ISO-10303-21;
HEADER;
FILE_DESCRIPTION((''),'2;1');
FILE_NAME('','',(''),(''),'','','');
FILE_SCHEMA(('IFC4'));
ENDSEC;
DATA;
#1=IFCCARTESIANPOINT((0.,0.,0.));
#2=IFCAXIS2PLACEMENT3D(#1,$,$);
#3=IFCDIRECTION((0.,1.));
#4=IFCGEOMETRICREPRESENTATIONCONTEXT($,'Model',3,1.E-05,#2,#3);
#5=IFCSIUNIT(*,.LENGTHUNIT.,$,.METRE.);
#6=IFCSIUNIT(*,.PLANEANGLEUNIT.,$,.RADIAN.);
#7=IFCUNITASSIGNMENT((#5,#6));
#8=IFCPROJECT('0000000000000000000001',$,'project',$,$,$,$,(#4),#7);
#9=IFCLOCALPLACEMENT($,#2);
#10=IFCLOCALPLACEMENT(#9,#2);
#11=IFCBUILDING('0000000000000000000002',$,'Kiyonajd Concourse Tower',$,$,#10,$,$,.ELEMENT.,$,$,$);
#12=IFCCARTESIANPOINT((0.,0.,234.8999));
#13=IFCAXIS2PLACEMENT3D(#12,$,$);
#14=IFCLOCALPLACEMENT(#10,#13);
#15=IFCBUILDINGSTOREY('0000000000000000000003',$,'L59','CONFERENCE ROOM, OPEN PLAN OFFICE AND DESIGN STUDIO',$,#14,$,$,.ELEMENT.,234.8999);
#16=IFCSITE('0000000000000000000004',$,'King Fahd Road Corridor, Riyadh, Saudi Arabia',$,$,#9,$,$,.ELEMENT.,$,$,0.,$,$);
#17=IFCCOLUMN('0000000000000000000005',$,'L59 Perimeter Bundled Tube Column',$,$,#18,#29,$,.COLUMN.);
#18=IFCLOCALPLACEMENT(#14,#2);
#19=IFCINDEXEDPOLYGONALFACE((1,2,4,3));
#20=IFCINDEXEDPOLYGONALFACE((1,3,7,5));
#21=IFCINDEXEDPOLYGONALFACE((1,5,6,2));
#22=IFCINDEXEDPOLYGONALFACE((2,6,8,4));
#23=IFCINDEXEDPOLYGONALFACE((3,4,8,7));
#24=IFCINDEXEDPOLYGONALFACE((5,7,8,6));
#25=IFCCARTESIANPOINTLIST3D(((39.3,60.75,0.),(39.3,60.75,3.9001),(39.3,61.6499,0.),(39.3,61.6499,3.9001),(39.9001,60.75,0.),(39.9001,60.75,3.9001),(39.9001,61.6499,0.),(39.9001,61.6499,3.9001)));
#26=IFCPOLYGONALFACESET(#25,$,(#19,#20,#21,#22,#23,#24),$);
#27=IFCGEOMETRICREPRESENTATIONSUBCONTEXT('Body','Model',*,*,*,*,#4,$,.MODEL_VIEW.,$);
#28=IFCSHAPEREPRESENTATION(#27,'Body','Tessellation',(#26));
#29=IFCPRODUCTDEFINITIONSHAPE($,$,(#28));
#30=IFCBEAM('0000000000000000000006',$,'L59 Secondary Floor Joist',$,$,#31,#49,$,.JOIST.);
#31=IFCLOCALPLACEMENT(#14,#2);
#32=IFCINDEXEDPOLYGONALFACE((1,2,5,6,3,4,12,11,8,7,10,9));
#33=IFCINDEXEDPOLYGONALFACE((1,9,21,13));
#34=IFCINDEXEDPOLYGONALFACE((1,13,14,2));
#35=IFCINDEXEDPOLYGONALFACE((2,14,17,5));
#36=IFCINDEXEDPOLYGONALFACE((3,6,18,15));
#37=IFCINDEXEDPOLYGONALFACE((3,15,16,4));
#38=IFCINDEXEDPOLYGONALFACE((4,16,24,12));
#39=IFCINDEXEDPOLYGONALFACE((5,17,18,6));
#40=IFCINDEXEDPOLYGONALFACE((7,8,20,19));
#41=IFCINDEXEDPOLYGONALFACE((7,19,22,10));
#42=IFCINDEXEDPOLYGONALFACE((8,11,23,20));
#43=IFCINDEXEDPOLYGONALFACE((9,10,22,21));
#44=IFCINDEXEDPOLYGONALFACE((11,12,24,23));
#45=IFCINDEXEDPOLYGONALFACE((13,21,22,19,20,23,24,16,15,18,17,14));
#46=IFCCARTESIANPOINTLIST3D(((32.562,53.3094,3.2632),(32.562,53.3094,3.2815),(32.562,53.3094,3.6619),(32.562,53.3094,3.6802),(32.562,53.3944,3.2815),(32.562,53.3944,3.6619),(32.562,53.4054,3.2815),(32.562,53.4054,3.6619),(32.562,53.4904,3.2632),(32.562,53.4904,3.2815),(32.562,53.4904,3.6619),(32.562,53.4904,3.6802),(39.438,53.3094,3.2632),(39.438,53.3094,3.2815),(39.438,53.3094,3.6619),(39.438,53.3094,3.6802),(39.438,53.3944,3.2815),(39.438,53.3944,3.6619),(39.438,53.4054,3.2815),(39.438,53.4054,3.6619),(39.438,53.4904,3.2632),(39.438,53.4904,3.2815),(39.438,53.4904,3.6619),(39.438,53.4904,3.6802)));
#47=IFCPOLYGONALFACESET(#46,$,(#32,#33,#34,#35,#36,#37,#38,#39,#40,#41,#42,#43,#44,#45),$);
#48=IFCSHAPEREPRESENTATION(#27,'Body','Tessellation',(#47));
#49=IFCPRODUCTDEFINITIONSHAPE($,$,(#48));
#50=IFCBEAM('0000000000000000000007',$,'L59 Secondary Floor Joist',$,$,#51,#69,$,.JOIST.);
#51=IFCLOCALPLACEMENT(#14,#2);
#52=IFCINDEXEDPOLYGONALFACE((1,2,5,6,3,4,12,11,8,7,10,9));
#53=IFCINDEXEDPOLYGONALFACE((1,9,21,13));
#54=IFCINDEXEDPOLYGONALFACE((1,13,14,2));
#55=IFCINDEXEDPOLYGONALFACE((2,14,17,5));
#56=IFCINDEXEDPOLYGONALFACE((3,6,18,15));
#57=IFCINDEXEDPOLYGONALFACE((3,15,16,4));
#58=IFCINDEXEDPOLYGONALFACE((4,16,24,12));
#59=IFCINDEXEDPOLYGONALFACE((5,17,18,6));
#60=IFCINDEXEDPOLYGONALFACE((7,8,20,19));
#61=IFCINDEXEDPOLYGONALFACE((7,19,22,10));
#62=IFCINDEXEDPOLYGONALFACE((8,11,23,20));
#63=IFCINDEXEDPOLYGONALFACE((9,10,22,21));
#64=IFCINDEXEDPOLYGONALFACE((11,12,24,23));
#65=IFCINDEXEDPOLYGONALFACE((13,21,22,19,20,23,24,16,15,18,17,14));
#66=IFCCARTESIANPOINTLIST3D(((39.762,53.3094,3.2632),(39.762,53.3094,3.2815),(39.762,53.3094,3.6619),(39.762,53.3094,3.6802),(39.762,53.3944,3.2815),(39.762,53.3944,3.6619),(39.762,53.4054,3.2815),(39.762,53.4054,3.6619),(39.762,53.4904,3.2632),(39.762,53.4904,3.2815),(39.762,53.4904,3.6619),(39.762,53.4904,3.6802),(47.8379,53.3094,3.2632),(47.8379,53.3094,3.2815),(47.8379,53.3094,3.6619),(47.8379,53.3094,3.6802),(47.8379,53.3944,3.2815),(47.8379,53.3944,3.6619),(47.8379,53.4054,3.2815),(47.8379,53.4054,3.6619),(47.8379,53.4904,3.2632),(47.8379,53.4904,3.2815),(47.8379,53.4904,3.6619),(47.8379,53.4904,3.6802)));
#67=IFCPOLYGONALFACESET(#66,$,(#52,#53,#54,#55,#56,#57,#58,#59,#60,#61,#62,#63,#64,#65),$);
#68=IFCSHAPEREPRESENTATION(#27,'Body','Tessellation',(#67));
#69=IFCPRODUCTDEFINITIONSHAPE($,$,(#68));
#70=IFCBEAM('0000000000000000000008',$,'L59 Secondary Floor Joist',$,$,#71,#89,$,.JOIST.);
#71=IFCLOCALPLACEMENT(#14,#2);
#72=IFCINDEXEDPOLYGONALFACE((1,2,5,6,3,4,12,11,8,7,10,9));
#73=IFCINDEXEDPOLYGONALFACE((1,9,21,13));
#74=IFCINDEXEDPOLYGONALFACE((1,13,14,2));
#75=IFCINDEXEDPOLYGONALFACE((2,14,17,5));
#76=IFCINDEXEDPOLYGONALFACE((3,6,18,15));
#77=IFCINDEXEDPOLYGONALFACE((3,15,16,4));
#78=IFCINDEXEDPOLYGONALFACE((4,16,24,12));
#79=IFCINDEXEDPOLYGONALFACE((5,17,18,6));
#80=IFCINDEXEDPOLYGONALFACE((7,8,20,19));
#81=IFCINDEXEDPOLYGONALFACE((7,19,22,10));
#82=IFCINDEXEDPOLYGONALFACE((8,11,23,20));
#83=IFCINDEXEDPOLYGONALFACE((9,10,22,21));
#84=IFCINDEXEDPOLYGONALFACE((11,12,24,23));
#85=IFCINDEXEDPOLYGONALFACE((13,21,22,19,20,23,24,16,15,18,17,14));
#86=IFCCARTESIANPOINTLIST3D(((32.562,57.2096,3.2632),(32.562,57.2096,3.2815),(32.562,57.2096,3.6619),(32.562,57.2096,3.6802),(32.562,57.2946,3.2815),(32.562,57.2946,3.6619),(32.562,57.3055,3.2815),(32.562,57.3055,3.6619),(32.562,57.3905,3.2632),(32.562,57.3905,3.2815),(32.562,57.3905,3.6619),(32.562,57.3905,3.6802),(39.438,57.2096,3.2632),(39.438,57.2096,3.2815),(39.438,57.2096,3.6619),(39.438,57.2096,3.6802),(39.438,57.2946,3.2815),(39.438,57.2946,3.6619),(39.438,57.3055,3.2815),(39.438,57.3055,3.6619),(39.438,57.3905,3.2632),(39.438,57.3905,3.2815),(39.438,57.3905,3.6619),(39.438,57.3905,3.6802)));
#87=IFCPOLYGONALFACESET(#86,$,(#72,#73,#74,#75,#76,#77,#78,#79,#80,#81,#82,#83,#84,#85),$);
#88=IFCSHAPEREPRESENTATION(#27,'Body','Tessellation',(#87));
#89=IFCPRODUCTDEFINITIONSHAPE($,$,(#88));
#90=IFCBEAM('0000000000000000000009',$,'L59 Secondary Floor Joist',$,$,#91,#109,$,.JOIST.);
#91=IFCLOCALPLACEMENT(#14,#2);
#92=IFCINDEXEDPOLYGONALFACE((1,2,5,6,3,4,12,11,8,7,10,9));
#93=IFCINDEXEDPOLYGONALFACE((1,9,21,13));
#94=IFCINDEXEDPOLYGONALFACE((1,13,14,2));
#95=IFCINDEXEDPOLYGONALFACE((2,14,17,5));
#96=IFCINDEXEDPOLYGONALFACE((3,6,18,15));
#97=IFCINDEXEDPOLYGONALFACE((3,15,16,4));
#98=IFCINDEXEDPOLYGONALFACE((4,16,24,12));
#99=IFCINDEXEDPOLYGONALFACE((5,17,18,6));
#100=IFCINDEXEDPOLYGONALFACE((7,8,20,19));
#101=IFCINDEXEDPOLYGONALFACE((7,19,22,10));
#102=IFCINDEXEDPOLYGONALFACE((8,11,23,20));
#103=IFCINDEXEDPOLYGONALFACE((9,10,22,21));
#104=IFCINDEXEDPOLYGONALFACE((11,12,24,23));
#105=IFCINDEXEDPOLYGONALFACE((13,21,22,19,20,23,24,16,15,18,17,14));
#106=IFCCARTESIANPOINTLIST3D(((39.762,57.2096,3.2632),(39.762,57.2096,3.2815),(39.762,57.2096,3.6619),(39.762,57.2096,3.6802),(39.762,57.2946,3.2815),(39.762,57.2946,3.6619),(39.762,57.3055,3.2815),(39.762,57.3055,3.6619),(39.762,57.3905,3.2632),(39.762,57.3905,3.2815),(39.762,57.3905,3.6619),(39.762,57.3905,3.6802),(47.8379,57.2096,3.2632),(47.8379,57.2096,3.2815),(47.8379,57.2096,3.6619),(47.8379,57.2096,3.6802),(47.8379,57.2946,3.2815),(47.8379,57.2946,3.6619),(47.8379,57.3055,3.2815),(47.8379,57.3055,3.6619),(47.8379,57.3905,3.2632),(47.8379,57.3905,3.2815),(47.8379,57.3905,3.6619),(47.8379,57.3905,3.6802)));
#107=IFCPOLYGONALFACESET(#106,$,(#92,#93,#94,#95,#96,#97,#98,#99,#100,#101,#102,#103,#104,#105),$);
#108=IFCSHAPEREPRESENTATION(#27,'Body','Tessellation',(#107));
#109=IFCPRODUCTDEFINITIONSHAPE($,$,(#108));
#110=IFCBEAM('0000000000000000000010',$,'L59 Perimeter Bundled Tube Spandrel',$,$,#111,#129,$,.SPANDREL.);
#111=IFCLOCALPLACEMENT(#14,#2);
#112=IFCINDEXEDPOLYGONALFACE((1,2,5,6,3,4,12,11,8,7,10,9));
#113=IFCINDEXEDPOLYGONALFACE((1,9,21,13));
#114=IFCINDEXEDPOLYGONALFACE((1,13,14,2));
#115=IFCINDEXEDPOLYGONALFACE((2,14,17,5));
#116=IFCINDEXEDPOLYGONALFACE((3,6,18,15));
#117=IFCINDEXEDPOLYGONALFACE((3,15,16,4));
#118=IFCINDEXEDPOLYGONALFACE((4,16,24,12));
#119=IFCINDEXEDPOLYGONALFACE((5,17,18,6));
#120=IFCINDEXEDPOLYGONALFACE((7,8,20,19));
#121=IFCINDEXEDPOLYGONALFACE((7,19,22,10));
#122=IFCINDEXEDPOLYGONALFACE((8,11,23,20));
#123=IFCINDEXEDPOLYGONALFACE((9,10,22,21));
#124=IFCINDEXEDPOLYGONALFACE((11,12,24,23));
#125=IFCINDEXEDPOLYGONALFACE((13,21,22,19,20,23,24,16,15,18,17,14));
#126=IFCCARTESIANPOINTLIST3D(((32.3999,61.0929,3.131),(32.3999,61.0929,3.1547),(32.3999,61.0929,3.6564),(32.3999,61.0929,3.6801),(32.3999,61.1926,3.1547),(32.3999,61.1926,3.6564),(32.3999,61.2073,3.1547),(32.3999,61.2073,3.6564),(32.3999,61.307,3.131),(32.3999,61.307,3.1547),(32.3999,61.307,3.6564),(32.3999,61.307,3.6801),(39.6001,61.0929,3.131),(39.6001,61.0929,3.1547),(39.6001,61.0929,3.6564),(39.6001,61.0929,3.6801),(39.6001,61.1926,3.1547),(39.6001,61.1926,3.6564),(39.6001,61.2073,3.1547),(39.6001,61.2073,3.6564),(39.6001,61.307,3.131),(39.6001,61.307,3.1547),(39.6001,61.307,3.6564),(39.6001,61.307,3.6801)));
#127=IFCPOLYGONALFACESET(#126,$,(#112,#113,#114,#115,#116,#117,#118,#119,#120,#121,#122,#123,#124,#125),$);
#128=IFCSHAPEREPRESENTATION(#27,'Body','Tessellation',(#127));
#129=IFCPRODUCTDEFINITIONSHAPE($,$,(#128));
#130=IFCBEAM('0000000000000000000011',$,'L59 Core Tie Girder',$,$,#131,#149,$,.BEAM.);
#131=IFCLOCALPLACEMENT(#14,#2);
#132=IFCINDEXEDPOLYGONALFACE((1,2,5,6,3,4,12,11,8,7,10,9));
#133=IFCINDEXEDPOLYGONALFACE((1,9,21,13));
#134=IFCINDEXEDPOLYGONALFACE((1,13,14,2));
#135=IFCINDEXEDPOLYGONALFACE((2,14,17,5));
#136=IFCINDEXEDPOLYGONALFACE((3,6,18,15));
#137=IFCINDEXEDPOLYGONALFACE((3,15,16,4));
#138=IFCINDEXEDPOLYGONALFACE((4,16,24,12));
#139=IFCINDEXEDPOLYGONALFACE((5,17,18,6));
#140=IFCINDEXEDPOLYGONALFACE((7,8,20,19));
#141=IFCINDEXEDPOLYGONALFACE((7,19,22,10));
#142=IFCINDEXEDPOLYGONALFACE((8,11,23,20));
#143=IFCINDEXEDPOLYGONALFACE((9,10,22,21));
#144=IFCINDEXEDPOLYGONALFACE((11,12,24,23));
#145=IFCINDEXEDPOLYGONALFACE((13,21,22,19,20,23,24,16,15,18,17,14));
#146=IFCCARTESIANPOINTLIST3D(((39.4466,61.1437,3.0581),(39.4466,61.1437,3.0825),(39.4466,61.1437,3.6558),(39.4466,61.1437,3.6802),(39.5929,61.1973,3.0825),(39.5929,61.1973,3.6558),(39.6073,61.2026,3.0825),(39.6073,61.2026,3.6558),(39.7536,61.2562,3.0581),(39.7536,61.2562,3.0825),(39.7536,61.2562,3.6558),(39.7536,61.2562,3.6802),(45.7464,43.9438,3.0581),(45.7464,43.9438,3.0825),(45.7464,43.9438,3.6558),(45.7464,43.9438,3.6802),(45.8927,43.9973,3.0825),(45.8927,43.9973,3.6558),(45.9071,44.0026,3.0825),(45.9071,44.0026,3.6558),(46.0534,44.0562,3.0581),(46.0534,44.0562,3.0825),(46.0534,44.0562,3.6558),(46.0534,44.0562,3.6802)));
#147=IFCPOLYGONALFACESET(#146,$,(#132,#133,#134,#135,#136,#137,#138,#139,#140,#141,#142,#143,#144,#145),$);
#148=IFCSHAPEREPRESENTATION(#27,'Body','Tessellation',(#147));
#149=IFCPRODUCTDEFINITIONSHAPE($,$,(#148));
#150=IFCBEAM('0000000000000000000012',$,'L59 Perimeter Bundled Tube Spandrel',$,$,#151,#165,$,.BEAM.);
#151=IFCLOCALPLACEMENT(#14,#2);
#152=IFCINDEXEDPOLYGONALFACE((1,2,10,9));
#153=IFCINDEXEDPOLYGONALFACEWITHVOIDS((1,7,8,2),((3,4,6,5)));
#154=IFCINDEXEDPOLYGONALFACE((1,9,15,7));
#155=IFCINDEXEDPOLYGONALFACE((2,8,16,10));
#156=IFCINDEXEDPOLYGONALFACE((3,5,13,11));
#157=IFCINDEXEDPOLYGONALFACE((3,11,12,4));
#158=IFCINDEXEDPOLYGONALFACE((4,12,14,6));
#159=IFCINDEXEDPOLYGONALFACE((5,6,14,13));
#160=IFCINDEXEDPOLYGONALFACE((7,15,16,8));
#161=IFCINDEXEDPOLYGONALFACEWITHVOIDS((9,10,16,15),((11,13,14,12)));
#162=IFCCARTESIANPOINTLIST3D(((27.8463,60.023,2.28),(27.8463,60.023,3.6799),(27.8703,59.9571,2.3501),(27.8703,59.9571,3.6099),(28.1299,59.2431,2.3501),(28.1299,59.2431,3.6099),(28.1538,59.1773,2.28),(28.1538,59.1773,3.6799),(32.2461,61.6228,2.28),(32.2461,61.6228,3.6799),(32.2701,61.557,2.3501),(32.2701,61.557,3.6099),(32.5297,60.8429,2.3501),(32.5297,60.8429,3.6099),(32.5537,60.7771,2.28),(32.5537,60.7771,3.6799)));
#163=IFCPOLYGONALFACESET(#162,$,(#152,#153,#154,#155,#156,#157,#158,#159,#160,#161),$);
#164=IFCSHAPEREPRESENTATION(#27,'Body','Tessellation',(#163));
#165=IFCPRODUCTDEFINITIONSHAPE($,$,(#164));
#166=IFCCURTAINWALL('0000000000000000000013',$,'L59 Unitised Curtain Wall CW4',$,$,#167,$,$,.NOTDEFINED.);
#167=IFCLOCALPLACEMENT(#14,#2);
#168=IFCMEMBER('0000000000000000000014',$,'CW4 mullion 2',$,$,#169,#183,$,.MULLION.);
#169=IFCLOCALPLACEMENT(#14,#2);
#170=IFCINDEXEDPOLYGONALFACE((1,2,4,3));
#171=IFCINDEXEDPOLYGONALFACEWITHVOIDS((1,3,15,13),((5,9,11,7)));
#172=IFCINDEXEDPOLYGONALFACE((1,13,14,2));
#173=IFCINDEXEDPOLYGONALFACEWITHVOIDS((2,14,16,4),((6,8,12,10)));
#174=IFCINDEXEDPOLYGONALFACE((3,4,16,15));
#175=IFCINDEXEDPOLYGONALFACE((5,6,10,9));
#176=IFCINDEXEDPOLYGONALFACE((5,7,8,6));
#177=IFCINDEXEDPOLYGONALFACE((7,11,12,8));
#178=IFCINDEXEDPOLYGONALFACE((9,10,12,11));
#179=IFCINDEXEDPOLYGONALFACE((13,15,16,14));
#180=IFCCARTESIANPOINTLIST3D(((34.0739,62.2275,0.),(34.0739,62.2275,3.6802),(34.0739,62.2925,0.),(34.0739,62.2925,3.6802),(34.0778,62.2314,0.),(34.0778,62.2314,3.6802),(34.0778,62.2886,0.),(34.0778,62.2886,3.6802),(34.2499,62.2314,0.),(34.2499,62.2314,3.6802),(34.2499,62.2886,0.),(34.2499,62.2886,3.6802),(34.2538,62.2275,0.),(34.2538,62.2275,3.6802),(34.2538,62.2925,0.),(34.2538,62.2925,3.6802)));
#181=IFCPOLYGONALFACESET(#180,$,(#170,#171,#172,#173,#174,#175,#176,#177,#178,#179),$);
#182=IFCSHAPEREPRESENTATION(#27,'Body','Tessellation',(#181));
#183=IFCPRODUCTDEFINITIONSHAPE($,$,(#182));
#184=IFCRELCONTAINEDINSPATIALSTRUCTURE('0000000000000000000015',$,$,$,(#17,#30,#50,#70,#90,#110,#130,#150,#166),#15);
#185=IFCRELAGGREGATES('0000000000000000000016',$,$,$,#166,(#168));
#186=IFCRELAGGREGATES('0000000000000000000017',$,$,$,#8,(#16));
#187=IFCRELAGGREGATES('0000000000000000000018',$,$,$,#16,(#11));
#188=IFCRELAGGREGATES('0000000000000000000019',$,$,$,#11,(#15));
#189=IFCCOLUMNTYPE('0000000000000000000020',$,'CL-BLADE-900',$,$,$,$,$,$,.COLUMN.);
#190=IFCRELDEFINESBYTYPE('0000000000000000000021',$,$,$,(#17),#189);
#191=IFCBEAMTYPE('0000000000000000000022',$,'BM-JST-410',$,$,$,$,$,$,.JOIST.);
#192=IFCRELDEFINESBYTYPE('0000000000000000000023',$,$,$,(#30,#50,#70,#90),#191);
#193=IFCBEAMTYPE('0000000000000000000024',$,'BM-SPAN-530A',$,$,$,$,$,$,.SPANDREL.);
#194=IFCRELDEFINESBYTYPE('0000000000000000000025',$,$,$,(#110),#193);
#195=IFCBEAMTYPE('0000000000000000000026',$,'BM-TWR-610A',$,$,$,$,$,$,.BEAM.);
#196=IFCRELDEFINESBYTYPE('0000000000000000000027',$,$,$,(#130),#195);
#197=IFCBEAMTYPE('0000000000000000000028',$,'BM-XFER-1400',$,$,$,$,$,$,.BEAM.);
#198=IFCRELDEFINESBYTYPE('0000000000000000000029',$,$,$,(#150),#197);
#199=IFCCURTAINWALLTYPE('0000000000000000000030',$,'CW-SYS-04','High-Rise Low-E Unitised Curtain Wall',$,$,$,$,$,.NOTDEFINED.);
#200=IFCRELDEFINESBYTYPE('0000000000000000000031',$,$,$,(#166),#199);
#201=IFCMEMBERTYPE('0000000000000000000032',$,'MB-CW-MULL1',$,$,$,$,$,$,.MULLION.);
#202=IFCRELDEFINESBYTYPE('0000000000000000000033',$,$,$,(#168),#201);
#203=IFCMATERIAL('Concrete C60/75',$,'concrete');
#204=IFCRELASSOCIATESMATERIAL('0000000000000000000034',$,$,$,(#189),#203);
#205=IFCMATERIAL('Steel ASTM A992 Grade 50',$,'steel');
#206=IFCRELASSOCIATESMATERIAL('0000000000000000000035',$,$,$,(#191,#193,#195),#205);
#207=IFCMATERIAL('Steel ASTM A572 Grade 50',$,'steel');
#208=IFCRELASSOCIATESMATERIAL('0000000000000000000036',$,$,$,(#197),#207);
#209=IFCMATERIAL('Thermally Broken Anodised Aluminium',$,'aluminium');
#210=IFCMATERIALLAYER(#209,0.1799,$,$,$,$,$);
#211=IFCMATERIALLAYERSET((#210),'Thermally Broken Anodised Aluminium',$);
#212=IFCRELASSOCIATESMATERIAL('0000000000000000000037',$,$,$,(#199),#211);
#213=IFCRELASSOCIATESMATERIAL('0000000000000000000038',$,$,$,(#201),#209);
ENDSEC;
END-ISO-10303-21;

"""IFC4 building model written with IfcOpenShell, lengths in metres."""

from ifc_helpers import new_model, si_unit, direction, frame, origin, origin_2d, place, context, subcontext, project, spatial, rectangle, hollow_rectangle, i_section, extrude, material, layer, layer_set, material_profile, profile_set, type_object, element, aggregate, save


model = new_model("IFC4")

# Units and contexts
model_context = context("Model", 3, precision=1e-05, world=origin(), true_north=direction((0.0, 1.0)))
body_context = subcontext(model_context, "Body", "Model", "MODEL_VIEW")
ifc_project = project(units=[si_unit("LENGTHUNIT", "METRE"), si_unit("PLANEANGLEUNIT", "RADIAN")], contexts=[model_context])

# Site, building, storey
site_placement = place(None, origin())
site = spatial("IfcSite", under=ifc_project, at=site_placement, Name="King Fahd Road Corridor, Riyadh, Saudi Arabia", CompositionType="ELEMENT", RefElevation=0.0)
building_placement = place(site_placement, origin())
building = spatial("IfcBuilding", under=site, at=building_placement, Name="Kiyonajd Concourse Tower", CompositionType="ELEMENT")
storey_placement = place(building_placement, frame((0.0, 0.0, 234.8999)))
storey = spatial("IfcBuildingStorey", under=building, at=storey_placement, Name="L59", Description="CONFERENCE ROOM, OPEN PLAN OFFICE AND DESIGN STUDIO", CompositionType="ELEMENT", Elevation=234.8999)

# Column
ifc_material_1 = material(Name="Concrete C60/75", Category="concrete")
ifc_material_profile_1 = material_profile(ifc_material_1, rectangle(XDim=0.6001, YDim=0.8999, at=origin_2d()), Name="RC-900x600")
ifc_profile_set_1 = profile_set([ifc_material_profile_1], Name="Concrete C60/75")
column_type = type_object("IfcColumnType", Name="CL-BLADE-900", PredefinedType="COLUMN", material=ifc_profile_set_1)
column_placement = place(storey_placement, frame((39.6001, 61.2, 0.0), z_axis=(0.0, 0.0, 1.0), x_axis=(1.0, 0.0, 0.0)))
element("IfcColumn", 1, at=column_placement, inside=storey, type_object=column_type, Name="L59 Perimeter Bundled Tube Column", PredefinedType="COLUMN", context=body_context, shape_type="SweptSolid", body=[
    extrude(rectangle(XDim=0.6001, YDim=0.8999, at=origin_2d()), origin(), (0.0, 0.0, 1.0), 3.9001),
])

# Beams
ifc_material_2 = material(Name="Steel ASTM A992 Grade 50", Category="steel")
ifc_material_profile_2 = material_profile(ifc_material_2, i_section(OverallWidth=0.1809, OverallDepth=0.417, WebThickness=0.011, FlangeThickness=0.0183, at=origin_2d()), Name="W410X85")
ifc_profile_set_2 = profile_set([ifc_material_profile_2], Name="Steel ASTM A992 Grade 50")
beam_type_1 = type_object("IfcBeamType", Name="BM-JST-410", PredefinedType="JOIST", material=ifc_profile_set_2)
beam_1_placement = place(storey_placement, frame((32.562, 53.3999, 3.4717), z_axis=(1.0, 0.0, 0.0), x_axis=(0.0, 1.0, 0.0)))
element("IfcBeam", 2, at=beam_1_placement, inside=storey, type_object=beam_type_1, Name="L59 Secondary Floor Joist", PredefinedType="JOIST", context=body_context, shape_type="SweptSolid", body=[
    extrude(i_section(OverallWidth=0.1809, OverallDepth=0.417, WebThickness=0.011, FlangeThickness=0.0183, at=origin_2d()), origin(), (0.0, 0.0, 1.0), 6.876),
])
beam_2_placement = place(storey_placement, frame((39.762, 53.3999, 3.4717), z_axis=(1.0, 0.0, 0.0), x_axis=(0.0, 1.0, 0.0)))
element("IfcBeam", 3, at=beam_2_placement, inside=storey, type_object=beam_type_1, Name="L59 Secondary Floor Joist", PredefinedType="JOIST", context=body_context, shape_type="SweptSolid", body=[
    extrude(i_section(OverallWidth=0.1809, OverallDepth=0.417, WebThickness=0.011, FlangeThickness=0.0183, at=origin_2d()), origin(), (0.0, 0.0, 1.0), 8.0759),
])
beam_3_placement = place(storey_placement, frame((32.562, 57.3, 3.4717), z_axis=(1.0, 0.0, 0.0), x_axis=(0.0, 1.0, 0.0)))
element("IfcBeam", 4, at=beam_3_placement, inside=storey, type_object=beam_type_1, Name="L59 Secondary Floor Joist", PredefinedType="JOIST", context=body_context, shape_type="SweptSolid", body=[
    extrude(i_section(OverallWidth=0.1809, OverallDepth=0.417, WebThickness=0.011, FlangeThickness=0.0183, at=origin_2d()), origin(), (0.0, 0.0, 1.0), 6.876),
])
beam_4_placement = place(storey_placement, frame((39.762, 57.3, 3.4717), z_axis=(1.0, 0.0, 0.0), x_axis=(0.0, 1.0, 0.0)))
element("IfcBeam", 5, at=beam_4_placement, inside=storey, type_object=beam_type_1, Name="L59 Secondary Floor Joist", PredefinedType="JOIST", context=body_context, shape_type="SweptSolid", body=[
    extrude(i_section(OverallWidth=0.1809, OverallDepth=0.417, WebThickness=0.011, FlangeThickness=0.0183, at=origin_2d()), origin(), (0.0, 0.0, 1.0), 8.0759),
])
ifc_material_profile_3 = material_profile(ifc_material_2, i_section(OverallWidth=0.2141, OverallDepth=0.5491, WebThickness=0.0146, FlangeThickness=0.0237, at=origin_2d()), Name="W530X138")
ifc_profile_set_3 = profile_set([ifc_material_profile_3], Name="Steel ASTM A992 Grade 50")
beam_type_2 = type_object("IfcBeamType", Name="BM-SPAN-530A", PredefinedType="SPANDREL", material=ifc_profile_set_3)
beam_5_placement = place(storey_placement, frame((39.6001, 61.2, 3.4055), z_axis=(-1.0, 0.0, 0.0), x_axis=(0.0, -1.0, 0.0)))
element("IfcBeam", 6, at=beam_5_placement, inside=storey, type_object=beam_type_2, Name="L59 Perimeter Bundled Tube Spandrel", PredefinedType="SPANDREL", context=body_context, shape_type="SweptSolid", body=[
    extrude(i_section(OverallWidth=0.2141, OverallDepth=0.5491, WebThickness=0.0146, FlangeThickness=0.0237, at=origin_2d()), origin(), (0.0, 0.0, 1.0), 7.2002),
])
ifc_material_profile_4 = material_profile(ifc_material_2, i_section(OverallWidth=0.3269, OverallDepth=0.6221, WebThickness=0.0154, FlangeThickness=0.0244, at=origin_2d()), Name="W610X195")
ifc_profile_set_4 = profile_set([ifc_material_profile_4], Name="Steel ASTM A992 Grade 50")
beam_type_3 = type_object("IfcBeamType", Name="BM-TWR-610A", PredefinedType="BEAM", material=ifc_profile_set_4)
beam_6_placement = place(storey_placement, frame((39.6001, 61.2, 3.3691), z_axis=(0.343925, -0.938997, 0.0), x_axis=(0.938997, 0.343925, 0.0)))
element("IfcBeam", 7, at=beam_6_placement, inside=storey, type_object=beam_type_3, Name="L59 Core Tie Girder", PredefinedType="BEAM", context=body_context, shape_type="SweptSolid", body=[
    extrude(i_section(OverallWidth=0.3269, OverallDepth=0.6221, WebThickness=0.0154, FlangeThickness=0.0244, at=origin_2d()), origin(), (0.0, 0.0, 1.0), 18.3174),
])
ifc_material_3 = material(Name="Steel ASTM A572 Grade 50", Category="steel")
ifc_material_profile_5 = material_profile(ifc_material_3, hollow_rectangle(XDim=0.8999, YDim=1.3999, WallThickness=0.0701, at=origin_2d()), Name="BOX-1400x900x70")
ifc_profile_set_5 = profile_set([ifc_material_profile_5], Name="Steel ASTM A572 Grade 50")
beam_type_4 = type_object("IfcBeamType", Name="BM-XFER-1400", PredefinedType="BEAM", material=ifc_profile_set_5)
beam_7_placement = place(storey_placement, frame((32.3999, 61.2, 2.98), z_axis=(-0.939801, -0.341722, 0.0), x_axis=(0.341722, -0.939801, 0.0)))
element("IfcBeam", 8, at=beam_7_placement, inside=storey, type_object=beam_type_4, Name="L59 Perimeter Bundled Tube Spandrel", PredefinedType="BEAM", context=body_context, shape_type="SweptSolid", body=[
    extrude(hollow_rectangle(XDim=0.8999, YDim=1.3999, WallThickness=0.0701, at=origin_2d()), origin(), (0.0, 0.0, 1.0), 4.6816),
])

# Curtain wall, member
ifc_material_4 = material(Name="Thermally Broken Anodised Aluminium", Category="aluminium")
ifc_layer_1 = layer(ifc_material_4, 0.1799)
ifc_layer_set_1 = layer_set([ifc_layer_1], Name="Thermally Broken Anodised Aluminium")
curtain_wall_type = type_object("IfcCurtainWallType", Name="CW-SYS-04", Description="High-Rise Low-E Unitised Curtain Wall", PredefinedType="NOTDEFINED", material=ifc_layer_set_1)
curtain_wall_placement = place(storey_placement, origin())
curtain_wall = element("IfcCurtainWall", 9, at=curtain_wall_placement, inside=storey, type_object=curtain_wall_type, Name="L59 Unitised Curtain Wall CW4", PredefinedType="NOTDEFINED")
ifc_material_profile_6 = material_profile(ifc_material_4, hollow_rectangle(XDim=0.0649, YDim=0.1799, WallThickness=0.0039, at=origin_2d()), Name="MULL-65x180")
ifc_profile_set_6 = profile_set([ifc_material_profile_6], Name="Thermally Broken Anodised Aluminium")
member_type_1 = type_object("IfcMemberType", Name="MB-CW-MULL1", PredefinedType="MULLION", material=ifc_profile_set_6)
member_1_placement = place(storey_placement, frame((34.1638, 62.26, 0.0), z_axis=(0.0, 0.0, 1.0), x_axis=(0.0, 1.0, 0.0)))
member_1 = element("IfcMember", 10, at=member_1_placement, type_object=member_type_1, Name="CW4 mullion 2", PredefinedType="MULLION", context=body_context, shape_type="SweptSolid", body=[
    extrude(hollow_rectangle(XDim=0.0649, YDim=0.1799, WallThickness=0.0039, at=origin_2d()), origin(), (0.0, 0.0, 1.0), 3.6802),
])

aggregate(curtain_wall, [member_1])

save(model, "model.ifc")
